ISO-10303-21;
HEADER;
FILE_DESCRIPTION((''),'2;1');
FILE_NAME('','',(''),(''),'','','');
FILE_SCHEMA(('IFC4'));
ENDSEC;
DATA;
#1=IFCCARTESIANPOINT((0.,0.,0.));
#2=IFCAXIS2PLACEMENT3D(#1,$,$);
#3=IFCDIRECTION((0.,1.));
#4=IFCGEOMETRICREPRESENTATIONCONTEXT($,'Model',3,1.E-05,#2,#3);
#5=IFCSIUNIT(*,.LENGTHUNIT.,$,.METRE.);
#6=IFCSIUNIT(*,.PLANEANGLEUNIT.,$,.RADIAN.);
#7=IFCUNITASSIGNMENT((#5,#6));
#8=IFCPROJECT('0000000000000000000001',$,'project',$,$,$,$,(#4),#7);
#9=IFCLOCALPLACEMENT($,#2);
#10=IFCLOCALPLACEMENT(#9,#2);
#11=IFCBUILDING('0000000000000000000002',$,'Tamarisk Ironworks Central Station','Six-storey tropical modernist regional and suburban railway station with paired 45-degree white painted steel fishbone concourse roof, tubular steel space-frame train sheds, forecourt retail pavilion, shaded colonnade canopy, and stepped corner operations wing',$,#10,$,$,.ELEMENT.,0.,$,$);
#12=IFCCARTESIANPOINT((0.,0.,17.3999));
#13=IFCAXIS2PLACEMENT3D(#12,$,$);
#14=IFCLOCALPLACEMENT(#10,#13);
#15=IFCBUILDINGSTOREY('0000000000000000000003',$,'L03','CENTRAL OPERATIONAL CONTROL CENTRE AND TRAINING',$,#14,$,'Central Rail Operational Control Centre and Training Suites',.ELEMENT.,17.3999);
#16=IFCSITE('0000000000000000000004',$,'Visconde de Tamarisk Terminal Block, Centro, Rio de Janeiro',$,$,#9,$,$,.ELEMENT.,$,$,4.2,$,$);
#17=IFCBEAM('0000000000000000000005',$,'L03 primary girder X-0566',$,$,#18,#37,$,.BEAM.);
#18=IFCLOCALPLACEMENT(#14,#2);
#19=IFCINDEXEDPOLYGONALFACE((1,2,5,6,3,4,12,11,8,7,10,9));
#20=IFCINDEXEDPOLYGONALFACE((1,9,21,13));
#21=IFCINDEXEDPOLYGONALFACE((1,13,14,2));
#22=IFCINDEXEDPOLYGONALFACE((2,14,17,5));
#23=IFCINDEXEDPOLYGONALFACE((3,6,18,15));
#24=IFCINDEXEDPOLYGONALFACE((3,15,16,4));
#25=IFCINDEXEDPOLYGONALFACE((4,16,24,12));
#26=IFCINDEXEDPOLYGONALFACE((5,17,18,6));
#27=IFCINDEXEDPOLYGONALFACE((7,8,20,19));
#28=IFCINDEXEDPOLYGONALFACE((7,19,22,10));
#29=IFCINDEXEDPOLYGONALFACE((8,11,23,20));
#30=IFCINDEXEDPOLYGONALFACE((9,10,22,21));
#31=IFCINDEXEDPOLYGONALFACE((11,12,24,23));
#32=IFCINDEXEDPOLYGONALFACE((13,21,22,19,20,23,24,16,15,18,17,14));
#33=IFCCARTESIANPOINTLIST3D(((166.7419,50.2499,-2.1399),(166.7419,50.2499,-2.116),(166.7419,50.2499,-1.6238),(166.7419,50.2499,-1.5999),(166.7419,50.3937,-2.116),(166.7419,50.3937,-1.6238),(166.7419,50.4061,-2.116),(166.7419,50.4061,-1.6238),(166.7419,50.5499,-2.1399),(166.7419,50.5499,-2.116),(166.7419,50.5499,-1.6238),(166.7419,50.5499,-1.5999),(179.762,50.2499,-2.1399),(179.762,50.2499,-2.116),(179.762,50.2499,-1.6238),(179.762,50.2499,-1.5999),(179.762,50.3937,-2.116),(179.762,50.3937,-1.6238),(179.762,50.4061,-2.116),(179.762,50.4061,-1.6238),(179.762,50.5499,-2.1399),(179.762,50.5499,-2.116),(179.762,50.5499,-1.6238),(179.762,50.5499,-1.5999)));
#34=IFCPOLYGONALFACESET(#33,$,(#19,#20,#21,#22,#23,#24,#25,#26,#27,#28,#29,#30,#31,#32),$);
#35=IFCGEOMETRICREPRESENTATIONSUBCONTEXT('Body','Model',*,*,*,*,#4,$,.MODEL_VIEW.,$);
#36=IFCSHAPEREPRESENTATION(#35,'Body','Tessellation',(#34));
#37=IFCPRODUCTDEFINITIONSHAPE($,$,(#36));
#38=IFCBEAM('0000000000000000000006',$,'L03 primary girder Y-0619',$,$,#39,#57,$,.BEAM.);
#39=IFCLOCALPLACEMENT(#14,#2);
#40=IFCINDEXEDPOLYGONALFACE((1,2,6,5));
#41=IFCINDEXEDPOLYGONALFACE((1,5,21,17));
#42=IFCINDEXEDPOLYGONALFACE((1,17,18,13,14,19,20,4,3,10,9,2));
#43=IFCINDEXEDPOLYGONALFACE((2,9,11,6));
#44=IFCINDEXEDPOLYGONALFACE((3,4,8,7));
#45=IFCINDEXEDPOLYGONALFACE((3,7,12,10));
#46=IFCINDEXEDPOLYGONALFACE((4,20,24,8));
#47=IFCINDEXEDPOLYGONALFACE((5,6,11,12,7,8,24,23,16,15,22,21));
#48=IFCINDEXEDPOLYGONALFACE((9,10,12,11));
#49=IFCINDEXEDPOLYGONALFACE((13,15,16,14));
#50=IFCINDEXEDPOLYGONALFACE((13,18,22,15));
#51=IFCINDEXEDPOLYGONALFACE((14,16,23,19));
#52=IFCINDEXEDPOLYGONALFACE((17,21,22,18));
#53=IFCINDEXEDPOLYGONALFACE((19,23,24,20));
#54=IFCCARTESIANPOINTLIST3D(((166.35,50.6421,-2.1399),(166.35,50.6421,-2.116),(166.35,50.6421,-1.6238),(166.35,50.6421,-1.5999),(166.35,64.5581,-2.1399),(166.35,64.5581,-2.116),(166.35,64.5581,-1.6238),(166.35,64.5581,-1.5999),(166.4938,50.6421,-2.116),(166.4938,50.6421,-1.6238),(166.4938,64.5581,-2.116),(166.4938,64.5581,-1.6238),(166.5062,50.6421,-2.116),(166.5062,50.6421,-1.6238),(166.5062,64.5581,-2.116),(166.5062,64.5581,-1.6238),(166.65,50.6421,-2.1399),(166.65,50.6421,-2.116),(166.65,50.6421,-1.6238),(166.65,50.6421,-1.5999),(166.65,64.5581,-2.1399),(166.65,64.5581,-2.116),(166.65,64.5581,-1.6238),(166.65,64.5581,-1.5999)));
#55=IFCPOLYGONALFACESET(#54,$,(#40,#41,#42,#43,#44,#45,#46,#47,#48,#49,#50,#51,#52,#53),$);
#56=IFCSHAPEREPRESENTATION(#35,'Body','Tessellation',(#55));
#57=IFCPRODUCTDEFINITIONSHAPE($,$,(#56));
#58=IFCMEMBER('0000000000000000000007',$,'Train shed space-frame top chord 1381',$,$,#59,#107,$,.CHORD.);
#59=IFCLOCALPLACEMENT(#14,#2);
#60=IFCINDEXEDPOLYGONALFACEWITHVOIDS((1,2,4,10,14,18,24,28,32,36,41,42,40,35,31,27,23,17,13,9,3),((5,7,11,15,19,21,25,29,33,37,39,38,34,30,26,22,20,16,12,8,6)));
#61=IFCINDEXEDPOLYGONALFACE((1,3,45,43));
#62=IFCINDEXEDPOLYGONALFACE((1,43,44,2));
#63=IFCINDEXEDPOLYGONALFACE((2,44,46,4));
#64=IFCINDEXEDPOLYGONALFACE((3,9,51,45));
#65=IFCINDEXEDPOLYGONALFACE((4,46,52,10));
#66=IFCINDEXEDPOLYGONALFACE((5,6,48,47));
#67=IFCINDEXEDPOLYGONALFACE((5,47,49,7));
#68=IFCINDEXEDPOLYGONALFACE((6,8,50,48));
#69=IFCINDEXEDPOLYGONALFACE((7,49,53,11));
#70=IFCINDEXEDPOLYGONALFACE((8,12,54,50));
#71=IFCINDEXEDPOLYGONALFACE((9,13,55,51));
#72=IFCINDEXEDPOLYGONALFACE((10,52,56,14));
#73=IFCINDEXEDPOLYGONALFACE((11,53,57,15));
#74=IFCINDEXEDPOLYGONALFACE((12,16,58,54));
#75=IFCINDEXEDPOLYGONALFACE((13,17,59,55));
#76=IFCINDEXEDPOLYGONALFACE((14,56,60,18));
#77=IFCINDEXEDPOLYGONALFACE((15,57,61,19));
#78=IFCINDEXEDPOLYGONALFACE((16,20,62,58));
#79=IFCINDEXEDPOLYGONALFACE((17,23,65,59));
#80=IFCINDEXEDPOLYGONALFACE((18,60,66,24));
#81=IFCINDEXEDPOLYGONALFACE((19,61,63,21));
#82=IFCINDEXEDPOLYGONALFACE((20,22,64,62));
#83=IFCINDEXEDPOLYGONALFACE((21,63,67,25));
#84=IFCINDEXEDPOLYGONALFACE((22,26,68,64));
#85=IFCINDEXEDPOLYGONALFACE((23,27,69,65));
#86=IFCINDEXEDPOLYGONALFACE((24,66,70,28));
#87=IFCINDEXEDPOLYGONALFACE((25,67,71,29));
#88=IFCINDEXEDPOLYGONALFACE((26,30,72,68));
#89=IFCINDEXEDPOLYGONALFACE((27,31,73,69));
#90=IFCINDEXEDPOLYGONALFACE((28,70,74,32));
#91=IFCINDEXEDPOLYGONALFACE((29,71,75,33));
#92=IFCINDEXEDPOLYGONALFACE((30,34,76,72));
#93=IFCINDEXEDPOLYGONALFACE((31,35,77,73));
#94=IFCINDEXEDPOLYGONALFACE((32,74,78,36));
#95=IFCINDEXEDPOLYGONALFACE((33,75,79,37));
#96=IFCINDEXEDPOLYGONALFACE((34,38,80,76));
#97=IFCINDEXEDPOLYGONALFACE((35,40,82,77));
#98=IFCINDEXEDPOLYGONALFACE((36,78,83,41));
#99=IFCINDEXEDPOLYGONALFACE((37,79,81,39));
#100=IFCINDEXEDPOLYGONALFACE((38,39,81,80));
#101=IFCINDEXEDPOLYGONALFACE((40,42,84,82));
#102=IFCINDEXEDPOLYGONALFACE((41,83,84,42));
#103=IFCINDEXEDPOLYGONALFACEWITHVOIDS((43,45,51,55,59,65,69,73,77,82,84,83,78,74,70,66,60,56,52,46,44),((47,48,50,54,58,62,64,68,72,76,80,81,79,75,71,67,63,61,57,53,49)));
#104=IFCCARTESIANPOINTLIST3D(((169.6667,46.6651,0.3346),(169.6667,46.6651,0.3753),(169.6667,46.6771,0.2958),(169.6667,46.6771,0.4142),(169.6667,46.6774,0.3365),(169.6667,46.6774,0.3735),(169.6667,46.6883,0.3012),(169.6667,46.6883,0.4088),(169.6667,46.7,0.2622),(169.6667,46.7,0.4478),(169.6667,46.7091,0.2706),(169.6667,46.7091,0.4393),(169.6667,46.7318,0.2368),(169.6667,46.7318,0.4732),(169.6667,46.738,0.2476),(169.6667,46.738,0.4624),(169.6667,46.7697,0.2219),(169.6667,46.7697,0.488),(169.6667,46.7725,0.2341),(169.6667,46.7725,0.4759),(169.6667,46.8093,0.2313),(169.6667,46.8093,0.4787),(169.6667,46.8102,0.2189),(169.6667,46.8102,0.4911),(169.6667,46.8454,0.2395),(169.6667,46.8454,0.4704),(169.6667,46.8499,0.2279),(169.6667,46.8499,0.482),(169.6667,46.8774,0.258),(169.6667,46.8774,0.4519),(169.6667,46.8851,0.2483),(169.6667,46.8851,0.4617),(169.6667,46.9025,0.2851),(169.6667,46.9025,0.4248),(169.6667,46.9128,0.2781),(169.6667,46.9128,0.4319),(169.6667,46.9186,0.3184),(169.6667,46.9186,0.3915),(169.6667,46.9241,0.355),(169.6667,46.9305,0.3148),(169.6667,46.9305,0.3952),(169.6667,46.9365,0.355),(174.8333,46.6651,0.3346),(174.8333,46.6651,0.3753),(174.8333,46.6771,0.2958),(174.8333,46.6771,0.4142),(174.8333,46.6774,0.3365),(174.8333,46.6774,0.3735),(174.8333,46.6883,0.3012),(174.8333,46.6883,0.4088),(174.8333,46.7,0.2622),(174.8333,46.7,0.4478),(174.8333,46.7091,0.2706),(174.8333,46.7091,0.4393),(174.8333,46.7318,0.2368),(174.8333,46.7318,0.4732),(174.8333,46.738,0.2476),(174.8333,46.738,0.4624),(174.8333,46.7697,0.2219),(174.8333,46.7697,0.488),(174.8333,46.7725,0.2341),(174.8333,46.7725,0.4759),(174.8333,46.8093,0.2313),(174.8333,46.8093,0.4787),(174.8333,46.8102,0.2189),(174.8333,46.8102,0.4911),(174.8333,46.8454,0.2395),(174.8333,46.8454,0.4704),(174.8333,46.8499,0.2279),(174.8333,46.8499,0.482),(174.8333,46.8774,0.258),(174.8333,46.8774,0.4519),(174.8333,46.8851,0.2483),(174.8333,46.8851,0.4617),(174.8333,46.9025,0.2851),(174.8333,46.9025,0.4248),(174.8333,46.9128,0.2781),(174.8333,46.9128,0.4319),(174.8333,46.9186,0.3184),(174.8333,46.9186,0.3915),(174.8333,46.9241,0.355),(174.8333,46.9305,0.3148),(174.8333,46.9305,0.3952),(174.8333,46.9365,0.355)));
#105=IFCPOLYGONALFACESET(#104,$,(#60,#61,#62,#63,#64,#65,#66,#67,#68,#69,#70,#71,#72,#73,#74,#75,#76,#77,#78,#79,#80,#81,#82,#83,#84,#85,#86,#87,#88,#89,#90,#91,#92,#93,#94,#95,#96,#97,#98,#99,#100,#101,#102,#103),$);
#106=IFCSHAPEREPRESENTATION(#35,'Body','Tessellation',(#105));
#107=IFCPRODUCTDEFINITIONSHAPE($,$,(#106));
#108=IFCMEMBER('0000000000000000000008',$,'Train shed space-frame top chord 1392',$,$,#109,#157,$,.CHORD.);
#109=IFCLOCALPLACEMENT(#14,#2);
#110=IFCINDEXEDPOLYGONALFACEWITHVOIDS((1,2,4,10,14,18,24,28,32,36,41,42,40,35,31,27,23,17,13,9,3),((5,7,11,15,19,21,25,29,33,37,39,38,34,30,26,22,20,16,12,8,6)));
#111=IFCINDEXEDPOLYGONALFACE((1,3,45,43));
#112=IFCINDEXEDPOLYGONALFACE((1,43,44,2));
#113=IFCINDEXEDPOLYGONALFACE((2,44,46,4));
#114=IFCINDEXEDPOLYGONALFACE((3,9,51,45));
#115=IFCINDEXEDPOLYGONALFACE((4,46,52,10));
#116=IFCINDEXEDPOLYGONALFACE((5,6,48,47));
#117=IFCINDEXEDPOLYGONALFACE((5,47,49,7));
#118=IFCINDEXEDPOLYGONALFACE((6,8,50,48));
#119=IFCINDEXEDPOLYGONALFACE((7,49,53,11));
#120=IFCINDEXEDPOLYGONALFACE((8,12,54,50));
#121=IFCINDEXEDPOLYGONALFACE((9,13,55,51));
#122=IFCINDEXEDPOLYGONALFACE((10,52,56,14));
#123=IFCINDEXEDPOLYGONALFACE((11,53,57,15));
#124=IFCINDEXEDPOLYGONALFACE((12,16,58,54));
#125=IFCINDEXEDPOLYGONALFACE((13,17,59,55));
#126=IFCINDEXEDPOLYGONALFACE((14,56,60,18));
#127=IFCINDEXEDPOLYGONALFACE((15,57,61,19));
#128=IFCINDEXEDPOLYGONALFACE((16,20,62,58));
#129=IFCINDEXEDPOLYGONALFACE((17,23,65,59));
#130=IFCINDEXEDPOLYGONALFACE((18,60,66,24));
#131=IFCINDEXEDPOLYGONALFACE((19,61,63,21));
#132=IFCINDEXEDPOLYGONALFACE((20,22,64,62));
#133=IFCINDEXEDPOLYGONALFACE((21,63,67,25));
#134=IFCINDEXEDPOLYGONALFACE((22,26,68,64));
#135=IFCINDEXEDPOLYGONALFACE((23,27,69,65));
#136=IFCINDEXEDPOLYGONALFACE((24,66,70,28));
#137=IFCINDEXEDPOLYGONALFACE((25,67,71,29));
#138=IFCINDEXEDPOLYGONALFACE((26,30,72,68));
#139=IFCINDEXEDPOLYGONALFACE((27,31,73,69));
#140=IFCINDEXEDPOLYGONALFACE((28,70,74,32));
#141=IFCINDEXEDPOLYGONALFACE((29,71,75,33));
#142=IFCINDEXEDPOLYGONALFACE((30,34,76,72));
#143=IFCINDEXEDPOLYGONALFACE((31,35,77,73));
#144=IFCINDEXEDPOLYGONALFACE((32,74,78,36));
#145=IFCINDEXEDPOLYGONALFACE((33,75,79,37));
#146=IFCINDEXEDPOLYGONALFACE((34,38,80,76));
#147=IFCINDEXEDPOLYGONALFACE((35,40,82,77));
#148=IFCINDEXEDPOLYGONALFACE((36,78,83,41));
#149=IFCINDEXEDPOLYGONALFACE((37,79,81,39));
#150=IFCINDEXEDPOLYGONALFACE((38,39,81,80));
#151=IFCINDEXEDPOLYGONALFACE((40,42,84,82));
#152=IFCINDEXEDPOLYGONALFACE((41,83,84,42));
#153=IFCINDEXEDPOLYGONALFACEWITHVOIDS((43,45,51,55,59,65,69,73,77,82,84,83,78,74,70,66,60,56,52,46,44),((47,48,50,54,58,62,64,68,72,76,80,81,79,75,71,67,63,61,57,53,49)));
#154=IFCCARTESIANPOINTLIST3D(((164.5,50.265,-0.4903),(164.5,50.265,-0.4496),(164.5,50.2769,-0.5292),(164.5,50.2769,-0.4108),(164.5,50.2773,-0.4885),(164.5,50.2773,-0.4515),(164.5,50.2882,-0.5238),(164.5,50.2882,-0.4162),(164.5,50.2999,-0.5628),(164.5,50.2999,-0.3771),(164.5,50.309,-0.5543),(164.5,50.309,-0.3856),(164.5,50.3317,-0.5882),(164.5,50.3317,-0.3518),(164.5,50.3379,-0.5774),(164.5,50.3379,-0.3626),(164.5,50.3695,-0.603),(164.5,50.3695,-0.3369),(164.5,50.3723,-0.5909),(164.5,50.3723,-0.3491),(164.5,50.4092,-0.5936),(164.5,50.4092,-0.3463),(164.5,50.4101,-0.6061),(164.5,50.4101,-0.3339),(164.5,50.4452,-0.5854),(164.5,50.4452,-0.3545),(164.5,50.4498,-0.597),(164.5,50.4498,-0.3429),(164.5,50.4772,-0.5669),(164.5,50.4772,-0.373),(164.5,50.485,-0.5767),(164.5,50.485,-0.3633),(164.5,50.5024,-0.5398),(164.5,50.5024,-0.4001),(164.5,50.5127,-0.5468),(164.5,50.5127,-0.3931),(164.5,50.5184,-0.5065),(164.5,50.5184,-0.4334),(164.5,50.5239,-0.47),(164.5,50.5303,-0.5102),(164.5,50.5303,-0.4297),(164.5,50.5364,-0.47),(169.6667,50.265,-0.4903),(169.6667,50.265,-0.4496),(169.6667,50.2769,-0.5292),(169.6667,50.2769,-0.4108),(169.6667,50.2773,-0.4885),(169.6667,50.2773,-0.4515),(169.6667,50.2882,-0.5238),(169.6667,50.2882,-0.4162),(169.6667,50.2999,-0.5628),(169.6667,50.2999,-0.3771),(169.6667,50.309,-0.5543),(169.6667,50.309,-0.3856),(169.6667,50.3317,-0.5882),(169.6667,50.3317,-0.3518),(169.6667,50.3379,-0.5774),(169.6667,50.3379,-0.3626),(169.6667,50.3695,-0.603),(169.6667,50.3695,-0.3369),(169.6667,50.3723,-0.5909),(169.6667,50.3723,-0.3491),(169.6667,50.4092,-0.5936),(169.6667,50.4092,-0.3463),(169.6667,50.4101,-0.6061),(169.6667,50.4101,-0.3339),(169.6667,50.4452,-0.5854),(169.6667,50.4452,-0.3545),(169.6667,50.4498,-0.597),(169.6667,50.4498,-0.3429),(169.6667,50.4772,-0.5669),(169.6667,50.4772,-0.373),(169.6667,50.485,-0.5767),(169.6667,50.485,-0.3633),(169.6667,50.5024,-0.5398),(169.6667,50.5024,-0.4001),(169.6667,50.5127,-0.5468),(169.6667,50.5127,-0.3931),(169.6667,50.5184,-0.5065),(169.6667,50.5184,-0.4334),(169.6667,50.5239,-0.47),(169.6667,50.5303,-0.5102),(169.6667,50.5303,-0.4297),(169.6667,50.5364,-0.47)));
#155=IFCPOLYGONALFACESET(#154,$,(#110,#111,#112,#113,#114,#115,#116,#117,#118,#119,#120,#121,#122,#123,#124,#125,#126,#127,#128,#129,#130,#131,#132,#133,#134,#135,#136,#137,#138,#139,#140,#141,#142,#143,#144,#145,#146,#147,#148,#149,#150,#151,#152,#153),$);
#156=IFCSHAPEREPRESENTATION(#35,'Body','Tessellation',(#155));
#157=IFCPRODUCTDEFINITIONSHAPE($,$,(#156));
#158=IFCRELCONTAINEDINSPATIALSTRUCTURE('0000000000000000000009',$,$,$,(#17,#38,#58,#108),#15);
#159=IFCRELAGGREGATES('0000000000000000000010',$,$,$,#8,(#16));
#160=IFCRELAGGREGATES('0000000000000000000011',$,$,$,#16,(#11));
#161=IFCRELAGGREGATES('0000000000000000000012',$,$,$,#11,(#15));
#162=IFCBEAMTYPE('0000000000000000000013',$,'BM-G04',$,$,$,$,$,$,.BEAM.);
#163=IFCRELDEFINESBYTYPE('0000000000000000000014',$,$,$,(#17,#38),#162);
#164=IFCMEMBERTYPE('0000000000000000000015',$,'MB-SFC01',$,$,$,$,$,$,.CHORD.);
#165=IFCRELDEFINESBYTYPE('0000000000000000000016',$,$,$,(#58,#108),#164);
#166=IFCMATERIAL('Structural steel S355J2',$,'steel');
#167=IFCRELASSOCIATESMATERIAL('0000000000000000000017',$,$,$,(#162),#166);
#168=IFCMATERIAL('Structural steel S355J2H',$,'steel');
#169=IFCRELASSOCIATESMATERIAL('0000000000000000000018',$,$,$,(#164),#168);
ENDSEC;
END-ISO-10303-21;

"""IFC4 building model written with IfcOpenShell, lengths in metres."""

from ifc_helpers import new_model, si_unit, direction, frame, origin, origin_2d, place, context, subcontext, project, spatial, hollow_circle, i_section, extrude, material, material_profile, profile_set, type_object, element, save


model = new_model("IFC4")

# Units and contexts
model_context = context("Model", 3, precision=1e-05, world=origin(), true_north=direction((0.0, 1.0)))
body_context = subcontext(model_context, "Body", "Model", "MODEL_VIEW")
ifc_project = project(units=[si_unit("LENGTHUNIT", "METRE"), si_unit("PLANEANGLEUNIT", "RADIAN")], contexts=[model_context])

# Site, building, storey
site_placement = place(None, origin())
site = spatial("IfcSite", under=ifc_project, at=site_placement, Name="Visconde de Tamarisk Terminal Block, Centro, Rio de Janeiro", CompositionType="ELEMENT", RefElevation=4.2)
building_placement = place(site_placement, origin())
building = spatial("IfcBuilding", under=site, at=building_placement, Name="Tamarisk Ironworks Central Station", Description="Six-storey tropical modernist regional and suburban railway station with paired 45-degree white painted steel fishbone concourse roof, tubular steel space-frame train sheds, forecourt retail pavilion, shaded colonnade canopy, and stepped corner operations wing", CompositionType="ELEMENT", ElevationOfRefHeight=0.0)
storey_placement = place(building_placement, frame((0.0, 0.0, 17.3999)))
storey = spatial("IfcBuildingStorey", under=building, at=storey_placement, Name="L03", Description="CENTRAL OPERATIONAL CONTROL CENTRE AND TRAINING", LongName="Central Rail Operational Control Centre and Training Suites", CompositionType="ELEMENT", Elevation=17.3999)

# Beams
ifc_material_1 = material(Name="Structural steel S355J2", Category="steel")
ifc_material_profile_1 = material_profile(ifc_material_1, i_section(OverallWidth=0.3, OverallDepth=0.54, WebThickness=0.0125, FlangeThickness=0.0239, at=origin_2d()), Name="HEA 550")
ifc_profile_set_1 = profile_set([ifc_material_profile_1], Name="Structural steel S355J2")
beam_type = type_object("IfcBeamType", Name="BM-G04", PredefinedType="BEAM", material=ifc_profile_set_1)
beam_1_placement = place(storey_placement, frame((166.7419, 50.3999, -1.8699), z_axis=(1.0, 0.0, 0.0), x_axis=(0.0, 1.0, 0.0)))
element("IfcBeam", 1, at=beam_1_placement, inside=storey, type_object=beam_type, Name="L03 primary girder X-0566", PredefinedType="BEAM", context=body_context, shape_type="SweptSolid", body=[
    extrude(i_section(OverallWidth=0.3, OverallDepth=0.54, WebThickness=0.0125, FlangeThickness=0.0239, at=origin_2d()), origin(), (0.0, 0.0, 1.0), 13.02),
])
beam_2_placement = place(storey_placement, frame((166.5, 50.6421, -1.8699), z_axis=(0.0, 1.0, 0.0), x_axis=(-1.0, 0.0, 0.0)))
element("IfcBeam", 2, at=beam_2_placement, inside=storey, type_object=beam_type, Name="L03 primary girder Y-0619", PredefinedType="BEAM", context=body_context, shape_type="SweptSolid", body=[
    extrude(i_section(OverallWidth=0.3, OverallDepth=0.54, WebThickness=0.0125, FlangeThickness=0.0239, at=origin_2d()), origin(), (0.0, 0.0, 1.0), 13.916),
])

# Members
ifc_material_2 = material(Name="Structural steel S355J2H", Category="steel")
ifc_material_profile_2 = material_profile(ifc_material_2, hollow_circle(Radius=0.1365, WallThickness=0.0125, at=origin_2d()), Name="CHS 273x12.5")
ifc_profile_set_2 = profile_set([ifc_material_profile_2], Name="Structural steel S355J2H")
member_type_1 = type_object("IfcMemberType", Name="MB-SFC01", PredefinedType="CHORD", material=ifc_profile_set_2)
member_1_placement = place(storey_placement, frame((169.6667, 46.8, 0.355), z_axis=(1.0, 0.0, 0.0), x_axis=(0.0, 1.0, 0.0)))
element("IfcMember", 3, at=member_1_placement, inside=storey, type_object=member_type_1, Name="Train shed space-frame top chord 1381", PredefinedType="CHORD", context=body_context, shape_type="SweptSolid", body=[
    extrude(hollow_circle(Radius=0.1365, WallThickness=0.0125, at=origin_2d()), origin(), (0.0, 0.0, 1.0), 5.1665),
])
member_2_placement = place(storey_placement, frame((164.5, 50.3999, -0.47), z_axis=(1.0, 0.0, 0.0), x_axis=(0.0, 1.0, 0.0)))
element("IfcMember", 4, at=member_2_placement, inside=storey, type_object=member_type_1, Name="Train shed space-frame top chord 1392", PredefinedType="CHORD", context=body_context, shape_type="SweptSolid", body=[
    extrude(hollow_circle(Radius=0.1365, WallThickness=0.0125, at=origin_2d()), origin(), (0.0, 0.0, 1.0), 5.1667),
])

save(model, "model.ifc")
